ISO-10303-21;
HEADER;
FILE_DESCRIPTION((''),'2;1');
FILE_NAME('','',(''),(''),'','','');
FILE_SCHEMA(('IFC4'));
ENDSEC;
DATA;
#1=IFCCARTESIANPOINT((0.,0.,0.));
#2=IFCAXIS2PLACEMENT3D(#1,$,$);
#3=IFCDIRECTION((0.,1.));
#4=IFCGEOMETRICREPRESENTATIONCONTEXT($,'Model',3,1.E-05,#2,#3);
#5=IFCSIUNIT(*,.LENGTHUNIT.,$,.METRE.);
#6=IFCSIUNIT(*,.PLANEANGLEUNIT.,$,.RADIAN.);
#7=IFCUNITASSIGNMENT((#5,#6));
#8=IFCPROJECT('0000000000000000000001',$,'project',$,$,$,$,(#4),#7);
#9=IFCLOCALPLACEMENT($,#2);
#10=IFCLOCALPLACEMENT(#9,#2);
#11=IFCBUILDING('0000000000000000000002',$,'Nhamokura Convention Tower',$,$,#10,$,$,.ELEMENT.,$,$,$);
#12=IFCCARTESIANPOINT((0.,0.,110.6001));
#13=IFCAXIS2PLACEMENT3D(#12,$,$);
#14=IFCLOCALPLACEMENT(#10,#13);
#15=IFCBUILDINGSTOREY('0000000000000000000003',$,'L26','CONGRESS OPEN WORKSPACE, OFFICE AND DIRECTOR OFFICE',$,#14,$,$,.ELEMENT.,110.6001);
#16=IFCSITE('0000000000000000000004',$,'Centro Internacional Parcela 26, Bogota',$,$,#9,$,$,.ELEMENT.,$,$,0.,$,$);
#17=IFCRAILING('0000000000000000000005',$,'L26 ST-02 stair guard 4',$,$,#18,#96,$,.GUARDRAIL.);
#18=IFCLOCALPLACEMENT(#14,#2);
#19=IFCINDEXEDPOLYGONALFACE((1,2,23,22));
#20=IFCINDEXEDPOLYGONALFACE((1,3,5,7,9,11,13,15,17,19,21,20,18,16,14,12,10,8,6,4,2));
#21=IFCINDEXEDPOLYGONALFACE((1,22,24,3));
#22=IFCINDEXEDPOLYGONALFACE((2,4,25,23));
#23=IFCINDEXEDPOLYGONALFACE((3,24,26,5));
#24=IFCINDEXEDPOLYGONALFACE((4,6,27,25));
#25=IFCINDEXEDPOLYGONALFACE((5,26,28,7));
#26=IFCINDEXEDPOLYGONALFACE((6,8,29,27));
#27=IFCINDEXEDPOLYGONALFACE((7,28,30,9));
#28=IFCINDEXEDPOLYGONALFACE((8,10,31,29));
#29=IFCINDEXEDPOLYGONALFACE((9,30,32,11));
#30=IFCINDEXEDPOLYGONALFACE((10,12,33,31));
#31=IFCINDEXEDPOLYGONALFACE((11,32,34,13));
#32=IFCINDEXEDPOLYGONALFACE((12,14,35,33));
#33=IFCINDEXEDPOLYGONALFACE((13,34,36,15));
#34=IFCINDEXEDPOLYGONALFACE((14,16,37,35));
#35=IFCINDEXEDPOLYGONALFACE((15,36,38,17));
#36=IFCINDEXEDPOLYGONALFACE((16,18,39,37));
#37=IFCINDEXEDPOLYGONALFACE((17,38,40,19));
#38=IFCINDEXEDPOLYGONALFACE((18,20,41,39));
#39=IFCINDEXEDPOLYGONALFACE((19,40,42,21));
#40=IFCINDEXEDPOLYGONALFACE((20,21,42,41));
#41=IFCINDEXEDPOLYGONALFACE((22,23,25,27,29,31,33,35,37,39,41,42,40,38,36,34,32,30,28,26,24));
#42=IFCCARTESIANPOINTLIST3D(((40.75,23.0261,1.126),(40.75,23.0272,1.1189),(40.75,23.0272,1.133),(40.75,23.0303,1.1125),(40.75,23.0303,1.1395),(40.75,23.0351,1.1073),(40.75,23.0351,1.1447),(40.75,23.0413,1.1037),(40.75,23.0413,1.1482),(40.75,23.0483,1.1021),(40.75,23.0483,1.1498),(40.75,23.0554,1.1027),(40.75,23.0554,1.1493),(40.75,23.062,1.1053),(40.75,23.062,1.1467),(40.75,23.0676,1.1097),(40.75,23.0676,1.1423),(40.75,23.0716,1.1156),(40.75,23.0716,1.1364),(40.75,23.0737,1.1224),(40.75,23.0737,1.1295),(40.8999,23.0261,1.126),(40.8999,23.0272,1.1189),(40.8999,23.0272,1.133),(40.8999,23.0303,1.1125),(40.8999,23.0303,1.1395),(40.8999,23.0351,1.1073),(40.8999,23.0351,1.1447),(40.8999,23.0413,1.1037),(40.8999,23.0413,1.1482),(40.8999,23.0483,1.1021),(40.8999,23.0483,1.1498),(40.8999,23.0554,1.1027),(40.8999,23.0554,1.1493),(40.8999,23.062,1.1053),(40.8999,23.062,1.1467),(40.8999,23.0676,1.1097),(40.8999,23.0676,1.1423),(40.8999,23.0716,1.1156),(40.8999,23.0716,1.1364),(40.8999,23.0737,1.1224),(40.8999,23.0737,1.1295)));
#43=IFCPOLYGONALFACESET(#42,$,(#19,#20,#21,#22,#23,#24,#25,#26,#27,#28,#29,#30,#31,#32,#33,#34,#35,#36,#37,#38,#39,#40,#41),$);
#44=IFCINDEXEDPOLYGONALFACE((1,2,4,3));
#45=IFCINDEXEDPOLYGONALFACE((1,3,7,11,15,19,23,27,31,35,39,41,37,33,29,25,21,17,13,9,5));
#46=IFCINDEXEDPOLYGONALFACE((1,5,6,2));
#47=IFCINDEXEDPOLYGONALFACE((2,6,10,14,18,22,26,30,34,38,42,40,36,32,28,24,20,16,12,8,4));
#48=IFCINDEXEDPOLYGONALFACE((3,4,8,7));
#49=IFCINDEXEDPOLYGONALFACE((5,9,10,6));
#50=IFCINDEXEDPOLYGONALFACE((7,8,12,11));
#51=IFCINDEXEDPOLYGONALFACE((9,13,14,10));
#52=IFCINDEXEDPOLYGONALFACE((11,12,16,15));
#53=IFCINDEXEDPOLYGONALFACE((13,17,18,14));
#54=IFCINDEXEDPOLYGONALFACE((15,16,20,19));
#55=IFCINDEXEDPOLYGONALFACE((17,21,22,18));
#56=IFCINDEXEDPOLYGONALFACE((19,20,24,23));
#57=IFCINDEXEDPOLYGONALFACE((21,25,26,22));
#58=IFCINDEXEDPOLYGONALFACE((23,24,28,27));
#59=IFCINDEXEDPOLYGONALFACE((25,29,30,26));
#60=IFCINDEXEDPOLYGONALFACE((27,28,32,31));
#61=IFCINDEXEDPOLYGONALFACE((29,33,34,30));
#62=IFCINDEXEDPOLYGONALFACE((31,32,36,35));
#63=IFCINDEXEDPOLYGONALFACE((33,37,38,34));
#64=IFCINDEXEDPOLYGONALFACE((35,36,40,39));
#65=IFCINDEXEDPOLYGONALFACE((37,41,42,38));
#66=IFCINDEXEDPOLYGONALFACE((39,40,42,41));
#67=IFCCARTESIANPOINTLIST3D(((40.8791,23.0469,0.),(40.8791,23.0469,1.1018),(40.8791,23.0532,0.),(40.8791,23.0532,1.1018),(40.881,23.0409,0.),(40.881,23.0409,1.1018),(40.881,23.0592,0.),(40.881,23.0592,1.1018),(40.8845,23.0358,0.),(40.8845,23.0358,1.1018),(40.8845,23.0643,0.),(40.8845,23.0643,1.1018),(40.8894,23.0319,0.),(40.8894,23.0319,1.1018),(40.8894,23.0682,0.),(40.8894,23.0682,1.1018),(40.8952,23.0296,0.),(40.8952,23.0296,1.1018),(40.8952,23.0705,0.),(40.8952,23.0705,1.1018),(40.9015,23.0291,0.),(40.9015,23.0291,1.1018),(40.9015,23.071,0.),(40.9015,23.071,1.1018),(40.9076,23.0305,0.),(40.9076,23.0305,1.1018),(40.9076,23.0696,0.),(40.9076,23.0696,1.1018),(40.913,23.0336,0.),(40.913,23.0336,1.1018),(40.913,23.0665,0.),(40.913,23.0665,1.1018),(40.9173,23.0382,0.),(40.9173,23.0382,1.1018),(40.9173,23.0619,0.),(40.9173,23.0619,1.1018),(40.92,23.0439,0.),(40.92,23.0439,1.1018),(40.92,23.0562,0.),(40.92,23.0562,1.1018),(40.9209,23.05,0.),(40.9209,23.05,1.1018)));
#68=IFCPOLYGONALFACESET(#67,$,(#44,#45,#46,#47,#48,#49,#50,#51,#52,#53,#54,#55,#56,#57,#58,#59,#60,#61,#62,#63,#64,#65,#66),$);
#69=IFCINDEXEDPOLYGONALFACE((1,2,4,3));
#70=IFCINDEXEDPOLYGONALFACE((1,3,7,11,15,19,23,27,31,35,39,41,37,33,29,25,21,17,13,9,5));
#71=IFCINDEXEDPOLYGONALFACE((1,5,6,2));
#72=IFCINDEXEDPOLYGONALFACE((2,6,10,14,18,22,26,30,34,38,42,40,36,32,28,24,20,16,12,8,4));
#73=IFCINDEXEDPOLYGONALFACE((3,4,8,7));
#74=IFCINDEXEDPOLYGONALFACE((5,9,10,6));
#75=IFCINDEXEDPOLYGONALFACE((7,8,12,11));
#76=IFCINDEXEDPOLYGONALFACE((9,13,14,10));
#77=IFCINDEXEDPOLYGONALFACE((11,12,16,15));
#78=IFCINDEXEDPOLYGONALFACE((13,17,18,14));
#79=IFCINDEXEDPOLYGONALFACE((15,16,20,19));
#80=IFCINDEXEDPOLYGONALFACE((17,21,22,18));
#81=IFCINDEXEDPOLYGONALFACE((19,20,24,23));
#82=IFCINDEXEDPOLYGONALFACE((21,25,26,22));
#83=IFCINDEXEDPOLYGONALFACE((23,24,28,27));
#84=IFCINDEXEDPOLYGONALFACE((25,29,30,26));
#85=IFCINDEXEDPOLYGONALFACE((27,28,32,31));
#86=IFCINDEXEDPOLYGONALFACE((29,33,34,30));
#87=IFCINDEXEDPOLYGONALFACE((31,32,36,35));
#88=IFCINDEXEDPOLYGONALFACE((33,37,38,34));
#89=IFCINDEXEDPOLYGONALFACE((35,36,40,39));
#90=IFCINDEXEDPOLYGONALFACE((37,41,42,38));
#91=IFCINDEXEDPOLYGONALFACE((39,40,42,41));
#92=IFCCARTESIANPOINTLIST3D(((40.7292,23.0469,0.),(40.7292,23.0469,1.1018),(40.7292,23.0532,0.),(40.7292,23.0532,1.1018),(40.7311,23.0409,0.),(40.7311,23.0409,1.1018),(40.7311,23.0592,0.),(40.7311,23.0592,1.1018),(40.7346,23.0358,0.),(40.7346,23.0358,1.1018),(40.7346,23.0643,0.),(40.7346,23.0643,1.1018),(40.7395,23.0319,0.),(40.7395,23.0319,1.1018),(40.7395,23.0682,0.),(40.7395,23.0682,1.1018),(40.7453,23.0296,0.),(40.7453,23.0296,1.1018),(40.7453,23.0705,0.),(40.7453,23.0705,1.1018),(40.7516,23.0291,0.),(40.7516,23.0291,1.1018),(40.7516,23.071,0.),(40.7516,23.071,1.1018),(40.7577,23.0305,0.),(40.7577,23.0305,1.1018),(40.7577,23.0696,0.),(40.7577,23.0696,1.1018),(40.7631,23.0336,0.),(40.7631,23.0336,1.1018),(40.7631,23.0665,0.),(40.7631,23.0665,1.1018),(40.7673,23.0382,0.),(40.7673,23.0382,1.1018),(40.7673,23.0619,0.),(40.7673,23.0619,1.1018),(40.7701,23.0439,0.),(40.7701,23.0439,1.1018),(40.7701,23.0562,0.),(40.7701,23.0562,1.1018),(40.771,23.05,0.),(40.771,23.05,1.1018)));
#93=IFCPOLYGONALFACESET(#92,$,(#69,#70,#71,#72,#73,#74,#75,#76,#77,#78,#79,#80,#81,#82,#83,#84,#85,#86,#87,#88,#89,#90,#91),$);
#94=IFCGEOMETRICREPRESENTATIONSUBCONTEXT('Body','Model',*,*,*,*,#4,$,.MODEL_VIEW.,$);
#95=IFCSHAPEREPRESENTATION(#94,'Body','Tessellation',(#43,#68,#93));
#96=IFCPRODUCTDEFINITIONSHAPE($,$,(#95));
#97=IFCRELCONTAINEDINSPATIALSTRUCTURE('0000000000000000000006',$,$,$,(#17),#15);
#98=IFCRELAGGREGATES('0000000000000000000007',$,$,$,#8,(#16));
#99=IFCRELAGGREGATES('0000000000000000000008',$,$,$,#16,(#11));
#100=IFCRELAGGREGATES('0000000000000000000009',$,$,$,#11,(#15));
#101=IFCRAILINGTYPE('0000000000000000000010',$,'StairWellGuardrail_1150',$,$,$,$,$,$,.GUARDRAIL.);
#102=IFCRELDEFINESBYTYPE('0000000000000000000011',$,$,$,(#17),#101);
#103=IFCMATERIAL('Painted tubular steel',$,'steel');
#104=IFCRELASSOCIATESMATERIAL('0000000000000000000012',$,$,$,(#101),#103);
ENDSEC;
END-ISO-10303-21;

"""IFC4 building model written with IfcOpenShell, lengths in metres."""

from ifc_helpers import new_model, si_unit, direction, frame, origin, origin_2d, place, context, subcontext, project, spatial, circle, extrude, material, type_object, element, save


model = new_model("IFC4")

# Units and contexts
model_context = context("Model", 3, precision=1e-05, world=origin(), true_north=direction((0.0, 1.0)))
body_context = subcontext(model_context, "Body", "Model", "MODEL_VIEW")
ifc_project = project(units=[si_unit("LENGTHUNIT", "METRE"), si_unit("PLANEANGLEUNIT", "RADIAN")], contexts=[model_context])

# Site, building, storey
site_placement = place(None, origin())
site = spatial("IfcSite", under=ifc_project, at=site_placement, Name="Centro Internacional Parcela 26, Bogota", CompositionType="ELEMENT", RefElevation=0.0)
building_placement = place(site_placement, origin())
building = spatial("IfcBuilding", under=site, at=building_placement, Name="Nhamokura Convention Tower", CompositionType="ELEMENT")
storey_placement = place(building_placement, frame((0.0, 0.0, 110.6001)))
storey = spatial("IfcBuildingStorey", under=building, at=storey_placement, Name="L26", Description="CONGRESS OPEN WORKSPACE, OFFICE AND DIRECTOR OFFICE", CompositionType="ELEMENT", Elevation=110.6001)

# Railing
ifc_material_1 = material(Name="Painted tubular steel", Category="steel")
railing_type_1 = type_object("IfcRailingType", Name="StairWellGuardrail_1150", PredefinedType="GUARDRAIL", material=ifc_material_1)
railing_1_placement = place(storey_placement, frame((40.8999, 23.05, 0.0)))
element("IfcRailing", 1, at=railing_1_placement, inside=storey, type_object=railing_type_1, Name="L26 ST-02 stair guard 4", PredefinedType="GUARDRAIL", context=body_context, shape_type="SweptSolid", body=[
    extrude(circle(Radius=0.0239, at=origin_2d()), frame((0.0, 0.0, 1.126), z_axis=(-1.0, 0.0, 0.0), x_axis=(0.0, -1.0, 0.0)), (0.0, 0.0, 1.0), 0.1499),
    extrude(circle(Radius=0.021, at=origin_2d()), origin(), (0.0, 0.0, 1.0), 1.1018),
    extrude(circle(Radius=0.021, at=origin_2d()), frame((-0.1499, 0.0, 0.0)), (0.0, 0.0, 1.0), 1.1018),
])

save(model, "model.ifc")
